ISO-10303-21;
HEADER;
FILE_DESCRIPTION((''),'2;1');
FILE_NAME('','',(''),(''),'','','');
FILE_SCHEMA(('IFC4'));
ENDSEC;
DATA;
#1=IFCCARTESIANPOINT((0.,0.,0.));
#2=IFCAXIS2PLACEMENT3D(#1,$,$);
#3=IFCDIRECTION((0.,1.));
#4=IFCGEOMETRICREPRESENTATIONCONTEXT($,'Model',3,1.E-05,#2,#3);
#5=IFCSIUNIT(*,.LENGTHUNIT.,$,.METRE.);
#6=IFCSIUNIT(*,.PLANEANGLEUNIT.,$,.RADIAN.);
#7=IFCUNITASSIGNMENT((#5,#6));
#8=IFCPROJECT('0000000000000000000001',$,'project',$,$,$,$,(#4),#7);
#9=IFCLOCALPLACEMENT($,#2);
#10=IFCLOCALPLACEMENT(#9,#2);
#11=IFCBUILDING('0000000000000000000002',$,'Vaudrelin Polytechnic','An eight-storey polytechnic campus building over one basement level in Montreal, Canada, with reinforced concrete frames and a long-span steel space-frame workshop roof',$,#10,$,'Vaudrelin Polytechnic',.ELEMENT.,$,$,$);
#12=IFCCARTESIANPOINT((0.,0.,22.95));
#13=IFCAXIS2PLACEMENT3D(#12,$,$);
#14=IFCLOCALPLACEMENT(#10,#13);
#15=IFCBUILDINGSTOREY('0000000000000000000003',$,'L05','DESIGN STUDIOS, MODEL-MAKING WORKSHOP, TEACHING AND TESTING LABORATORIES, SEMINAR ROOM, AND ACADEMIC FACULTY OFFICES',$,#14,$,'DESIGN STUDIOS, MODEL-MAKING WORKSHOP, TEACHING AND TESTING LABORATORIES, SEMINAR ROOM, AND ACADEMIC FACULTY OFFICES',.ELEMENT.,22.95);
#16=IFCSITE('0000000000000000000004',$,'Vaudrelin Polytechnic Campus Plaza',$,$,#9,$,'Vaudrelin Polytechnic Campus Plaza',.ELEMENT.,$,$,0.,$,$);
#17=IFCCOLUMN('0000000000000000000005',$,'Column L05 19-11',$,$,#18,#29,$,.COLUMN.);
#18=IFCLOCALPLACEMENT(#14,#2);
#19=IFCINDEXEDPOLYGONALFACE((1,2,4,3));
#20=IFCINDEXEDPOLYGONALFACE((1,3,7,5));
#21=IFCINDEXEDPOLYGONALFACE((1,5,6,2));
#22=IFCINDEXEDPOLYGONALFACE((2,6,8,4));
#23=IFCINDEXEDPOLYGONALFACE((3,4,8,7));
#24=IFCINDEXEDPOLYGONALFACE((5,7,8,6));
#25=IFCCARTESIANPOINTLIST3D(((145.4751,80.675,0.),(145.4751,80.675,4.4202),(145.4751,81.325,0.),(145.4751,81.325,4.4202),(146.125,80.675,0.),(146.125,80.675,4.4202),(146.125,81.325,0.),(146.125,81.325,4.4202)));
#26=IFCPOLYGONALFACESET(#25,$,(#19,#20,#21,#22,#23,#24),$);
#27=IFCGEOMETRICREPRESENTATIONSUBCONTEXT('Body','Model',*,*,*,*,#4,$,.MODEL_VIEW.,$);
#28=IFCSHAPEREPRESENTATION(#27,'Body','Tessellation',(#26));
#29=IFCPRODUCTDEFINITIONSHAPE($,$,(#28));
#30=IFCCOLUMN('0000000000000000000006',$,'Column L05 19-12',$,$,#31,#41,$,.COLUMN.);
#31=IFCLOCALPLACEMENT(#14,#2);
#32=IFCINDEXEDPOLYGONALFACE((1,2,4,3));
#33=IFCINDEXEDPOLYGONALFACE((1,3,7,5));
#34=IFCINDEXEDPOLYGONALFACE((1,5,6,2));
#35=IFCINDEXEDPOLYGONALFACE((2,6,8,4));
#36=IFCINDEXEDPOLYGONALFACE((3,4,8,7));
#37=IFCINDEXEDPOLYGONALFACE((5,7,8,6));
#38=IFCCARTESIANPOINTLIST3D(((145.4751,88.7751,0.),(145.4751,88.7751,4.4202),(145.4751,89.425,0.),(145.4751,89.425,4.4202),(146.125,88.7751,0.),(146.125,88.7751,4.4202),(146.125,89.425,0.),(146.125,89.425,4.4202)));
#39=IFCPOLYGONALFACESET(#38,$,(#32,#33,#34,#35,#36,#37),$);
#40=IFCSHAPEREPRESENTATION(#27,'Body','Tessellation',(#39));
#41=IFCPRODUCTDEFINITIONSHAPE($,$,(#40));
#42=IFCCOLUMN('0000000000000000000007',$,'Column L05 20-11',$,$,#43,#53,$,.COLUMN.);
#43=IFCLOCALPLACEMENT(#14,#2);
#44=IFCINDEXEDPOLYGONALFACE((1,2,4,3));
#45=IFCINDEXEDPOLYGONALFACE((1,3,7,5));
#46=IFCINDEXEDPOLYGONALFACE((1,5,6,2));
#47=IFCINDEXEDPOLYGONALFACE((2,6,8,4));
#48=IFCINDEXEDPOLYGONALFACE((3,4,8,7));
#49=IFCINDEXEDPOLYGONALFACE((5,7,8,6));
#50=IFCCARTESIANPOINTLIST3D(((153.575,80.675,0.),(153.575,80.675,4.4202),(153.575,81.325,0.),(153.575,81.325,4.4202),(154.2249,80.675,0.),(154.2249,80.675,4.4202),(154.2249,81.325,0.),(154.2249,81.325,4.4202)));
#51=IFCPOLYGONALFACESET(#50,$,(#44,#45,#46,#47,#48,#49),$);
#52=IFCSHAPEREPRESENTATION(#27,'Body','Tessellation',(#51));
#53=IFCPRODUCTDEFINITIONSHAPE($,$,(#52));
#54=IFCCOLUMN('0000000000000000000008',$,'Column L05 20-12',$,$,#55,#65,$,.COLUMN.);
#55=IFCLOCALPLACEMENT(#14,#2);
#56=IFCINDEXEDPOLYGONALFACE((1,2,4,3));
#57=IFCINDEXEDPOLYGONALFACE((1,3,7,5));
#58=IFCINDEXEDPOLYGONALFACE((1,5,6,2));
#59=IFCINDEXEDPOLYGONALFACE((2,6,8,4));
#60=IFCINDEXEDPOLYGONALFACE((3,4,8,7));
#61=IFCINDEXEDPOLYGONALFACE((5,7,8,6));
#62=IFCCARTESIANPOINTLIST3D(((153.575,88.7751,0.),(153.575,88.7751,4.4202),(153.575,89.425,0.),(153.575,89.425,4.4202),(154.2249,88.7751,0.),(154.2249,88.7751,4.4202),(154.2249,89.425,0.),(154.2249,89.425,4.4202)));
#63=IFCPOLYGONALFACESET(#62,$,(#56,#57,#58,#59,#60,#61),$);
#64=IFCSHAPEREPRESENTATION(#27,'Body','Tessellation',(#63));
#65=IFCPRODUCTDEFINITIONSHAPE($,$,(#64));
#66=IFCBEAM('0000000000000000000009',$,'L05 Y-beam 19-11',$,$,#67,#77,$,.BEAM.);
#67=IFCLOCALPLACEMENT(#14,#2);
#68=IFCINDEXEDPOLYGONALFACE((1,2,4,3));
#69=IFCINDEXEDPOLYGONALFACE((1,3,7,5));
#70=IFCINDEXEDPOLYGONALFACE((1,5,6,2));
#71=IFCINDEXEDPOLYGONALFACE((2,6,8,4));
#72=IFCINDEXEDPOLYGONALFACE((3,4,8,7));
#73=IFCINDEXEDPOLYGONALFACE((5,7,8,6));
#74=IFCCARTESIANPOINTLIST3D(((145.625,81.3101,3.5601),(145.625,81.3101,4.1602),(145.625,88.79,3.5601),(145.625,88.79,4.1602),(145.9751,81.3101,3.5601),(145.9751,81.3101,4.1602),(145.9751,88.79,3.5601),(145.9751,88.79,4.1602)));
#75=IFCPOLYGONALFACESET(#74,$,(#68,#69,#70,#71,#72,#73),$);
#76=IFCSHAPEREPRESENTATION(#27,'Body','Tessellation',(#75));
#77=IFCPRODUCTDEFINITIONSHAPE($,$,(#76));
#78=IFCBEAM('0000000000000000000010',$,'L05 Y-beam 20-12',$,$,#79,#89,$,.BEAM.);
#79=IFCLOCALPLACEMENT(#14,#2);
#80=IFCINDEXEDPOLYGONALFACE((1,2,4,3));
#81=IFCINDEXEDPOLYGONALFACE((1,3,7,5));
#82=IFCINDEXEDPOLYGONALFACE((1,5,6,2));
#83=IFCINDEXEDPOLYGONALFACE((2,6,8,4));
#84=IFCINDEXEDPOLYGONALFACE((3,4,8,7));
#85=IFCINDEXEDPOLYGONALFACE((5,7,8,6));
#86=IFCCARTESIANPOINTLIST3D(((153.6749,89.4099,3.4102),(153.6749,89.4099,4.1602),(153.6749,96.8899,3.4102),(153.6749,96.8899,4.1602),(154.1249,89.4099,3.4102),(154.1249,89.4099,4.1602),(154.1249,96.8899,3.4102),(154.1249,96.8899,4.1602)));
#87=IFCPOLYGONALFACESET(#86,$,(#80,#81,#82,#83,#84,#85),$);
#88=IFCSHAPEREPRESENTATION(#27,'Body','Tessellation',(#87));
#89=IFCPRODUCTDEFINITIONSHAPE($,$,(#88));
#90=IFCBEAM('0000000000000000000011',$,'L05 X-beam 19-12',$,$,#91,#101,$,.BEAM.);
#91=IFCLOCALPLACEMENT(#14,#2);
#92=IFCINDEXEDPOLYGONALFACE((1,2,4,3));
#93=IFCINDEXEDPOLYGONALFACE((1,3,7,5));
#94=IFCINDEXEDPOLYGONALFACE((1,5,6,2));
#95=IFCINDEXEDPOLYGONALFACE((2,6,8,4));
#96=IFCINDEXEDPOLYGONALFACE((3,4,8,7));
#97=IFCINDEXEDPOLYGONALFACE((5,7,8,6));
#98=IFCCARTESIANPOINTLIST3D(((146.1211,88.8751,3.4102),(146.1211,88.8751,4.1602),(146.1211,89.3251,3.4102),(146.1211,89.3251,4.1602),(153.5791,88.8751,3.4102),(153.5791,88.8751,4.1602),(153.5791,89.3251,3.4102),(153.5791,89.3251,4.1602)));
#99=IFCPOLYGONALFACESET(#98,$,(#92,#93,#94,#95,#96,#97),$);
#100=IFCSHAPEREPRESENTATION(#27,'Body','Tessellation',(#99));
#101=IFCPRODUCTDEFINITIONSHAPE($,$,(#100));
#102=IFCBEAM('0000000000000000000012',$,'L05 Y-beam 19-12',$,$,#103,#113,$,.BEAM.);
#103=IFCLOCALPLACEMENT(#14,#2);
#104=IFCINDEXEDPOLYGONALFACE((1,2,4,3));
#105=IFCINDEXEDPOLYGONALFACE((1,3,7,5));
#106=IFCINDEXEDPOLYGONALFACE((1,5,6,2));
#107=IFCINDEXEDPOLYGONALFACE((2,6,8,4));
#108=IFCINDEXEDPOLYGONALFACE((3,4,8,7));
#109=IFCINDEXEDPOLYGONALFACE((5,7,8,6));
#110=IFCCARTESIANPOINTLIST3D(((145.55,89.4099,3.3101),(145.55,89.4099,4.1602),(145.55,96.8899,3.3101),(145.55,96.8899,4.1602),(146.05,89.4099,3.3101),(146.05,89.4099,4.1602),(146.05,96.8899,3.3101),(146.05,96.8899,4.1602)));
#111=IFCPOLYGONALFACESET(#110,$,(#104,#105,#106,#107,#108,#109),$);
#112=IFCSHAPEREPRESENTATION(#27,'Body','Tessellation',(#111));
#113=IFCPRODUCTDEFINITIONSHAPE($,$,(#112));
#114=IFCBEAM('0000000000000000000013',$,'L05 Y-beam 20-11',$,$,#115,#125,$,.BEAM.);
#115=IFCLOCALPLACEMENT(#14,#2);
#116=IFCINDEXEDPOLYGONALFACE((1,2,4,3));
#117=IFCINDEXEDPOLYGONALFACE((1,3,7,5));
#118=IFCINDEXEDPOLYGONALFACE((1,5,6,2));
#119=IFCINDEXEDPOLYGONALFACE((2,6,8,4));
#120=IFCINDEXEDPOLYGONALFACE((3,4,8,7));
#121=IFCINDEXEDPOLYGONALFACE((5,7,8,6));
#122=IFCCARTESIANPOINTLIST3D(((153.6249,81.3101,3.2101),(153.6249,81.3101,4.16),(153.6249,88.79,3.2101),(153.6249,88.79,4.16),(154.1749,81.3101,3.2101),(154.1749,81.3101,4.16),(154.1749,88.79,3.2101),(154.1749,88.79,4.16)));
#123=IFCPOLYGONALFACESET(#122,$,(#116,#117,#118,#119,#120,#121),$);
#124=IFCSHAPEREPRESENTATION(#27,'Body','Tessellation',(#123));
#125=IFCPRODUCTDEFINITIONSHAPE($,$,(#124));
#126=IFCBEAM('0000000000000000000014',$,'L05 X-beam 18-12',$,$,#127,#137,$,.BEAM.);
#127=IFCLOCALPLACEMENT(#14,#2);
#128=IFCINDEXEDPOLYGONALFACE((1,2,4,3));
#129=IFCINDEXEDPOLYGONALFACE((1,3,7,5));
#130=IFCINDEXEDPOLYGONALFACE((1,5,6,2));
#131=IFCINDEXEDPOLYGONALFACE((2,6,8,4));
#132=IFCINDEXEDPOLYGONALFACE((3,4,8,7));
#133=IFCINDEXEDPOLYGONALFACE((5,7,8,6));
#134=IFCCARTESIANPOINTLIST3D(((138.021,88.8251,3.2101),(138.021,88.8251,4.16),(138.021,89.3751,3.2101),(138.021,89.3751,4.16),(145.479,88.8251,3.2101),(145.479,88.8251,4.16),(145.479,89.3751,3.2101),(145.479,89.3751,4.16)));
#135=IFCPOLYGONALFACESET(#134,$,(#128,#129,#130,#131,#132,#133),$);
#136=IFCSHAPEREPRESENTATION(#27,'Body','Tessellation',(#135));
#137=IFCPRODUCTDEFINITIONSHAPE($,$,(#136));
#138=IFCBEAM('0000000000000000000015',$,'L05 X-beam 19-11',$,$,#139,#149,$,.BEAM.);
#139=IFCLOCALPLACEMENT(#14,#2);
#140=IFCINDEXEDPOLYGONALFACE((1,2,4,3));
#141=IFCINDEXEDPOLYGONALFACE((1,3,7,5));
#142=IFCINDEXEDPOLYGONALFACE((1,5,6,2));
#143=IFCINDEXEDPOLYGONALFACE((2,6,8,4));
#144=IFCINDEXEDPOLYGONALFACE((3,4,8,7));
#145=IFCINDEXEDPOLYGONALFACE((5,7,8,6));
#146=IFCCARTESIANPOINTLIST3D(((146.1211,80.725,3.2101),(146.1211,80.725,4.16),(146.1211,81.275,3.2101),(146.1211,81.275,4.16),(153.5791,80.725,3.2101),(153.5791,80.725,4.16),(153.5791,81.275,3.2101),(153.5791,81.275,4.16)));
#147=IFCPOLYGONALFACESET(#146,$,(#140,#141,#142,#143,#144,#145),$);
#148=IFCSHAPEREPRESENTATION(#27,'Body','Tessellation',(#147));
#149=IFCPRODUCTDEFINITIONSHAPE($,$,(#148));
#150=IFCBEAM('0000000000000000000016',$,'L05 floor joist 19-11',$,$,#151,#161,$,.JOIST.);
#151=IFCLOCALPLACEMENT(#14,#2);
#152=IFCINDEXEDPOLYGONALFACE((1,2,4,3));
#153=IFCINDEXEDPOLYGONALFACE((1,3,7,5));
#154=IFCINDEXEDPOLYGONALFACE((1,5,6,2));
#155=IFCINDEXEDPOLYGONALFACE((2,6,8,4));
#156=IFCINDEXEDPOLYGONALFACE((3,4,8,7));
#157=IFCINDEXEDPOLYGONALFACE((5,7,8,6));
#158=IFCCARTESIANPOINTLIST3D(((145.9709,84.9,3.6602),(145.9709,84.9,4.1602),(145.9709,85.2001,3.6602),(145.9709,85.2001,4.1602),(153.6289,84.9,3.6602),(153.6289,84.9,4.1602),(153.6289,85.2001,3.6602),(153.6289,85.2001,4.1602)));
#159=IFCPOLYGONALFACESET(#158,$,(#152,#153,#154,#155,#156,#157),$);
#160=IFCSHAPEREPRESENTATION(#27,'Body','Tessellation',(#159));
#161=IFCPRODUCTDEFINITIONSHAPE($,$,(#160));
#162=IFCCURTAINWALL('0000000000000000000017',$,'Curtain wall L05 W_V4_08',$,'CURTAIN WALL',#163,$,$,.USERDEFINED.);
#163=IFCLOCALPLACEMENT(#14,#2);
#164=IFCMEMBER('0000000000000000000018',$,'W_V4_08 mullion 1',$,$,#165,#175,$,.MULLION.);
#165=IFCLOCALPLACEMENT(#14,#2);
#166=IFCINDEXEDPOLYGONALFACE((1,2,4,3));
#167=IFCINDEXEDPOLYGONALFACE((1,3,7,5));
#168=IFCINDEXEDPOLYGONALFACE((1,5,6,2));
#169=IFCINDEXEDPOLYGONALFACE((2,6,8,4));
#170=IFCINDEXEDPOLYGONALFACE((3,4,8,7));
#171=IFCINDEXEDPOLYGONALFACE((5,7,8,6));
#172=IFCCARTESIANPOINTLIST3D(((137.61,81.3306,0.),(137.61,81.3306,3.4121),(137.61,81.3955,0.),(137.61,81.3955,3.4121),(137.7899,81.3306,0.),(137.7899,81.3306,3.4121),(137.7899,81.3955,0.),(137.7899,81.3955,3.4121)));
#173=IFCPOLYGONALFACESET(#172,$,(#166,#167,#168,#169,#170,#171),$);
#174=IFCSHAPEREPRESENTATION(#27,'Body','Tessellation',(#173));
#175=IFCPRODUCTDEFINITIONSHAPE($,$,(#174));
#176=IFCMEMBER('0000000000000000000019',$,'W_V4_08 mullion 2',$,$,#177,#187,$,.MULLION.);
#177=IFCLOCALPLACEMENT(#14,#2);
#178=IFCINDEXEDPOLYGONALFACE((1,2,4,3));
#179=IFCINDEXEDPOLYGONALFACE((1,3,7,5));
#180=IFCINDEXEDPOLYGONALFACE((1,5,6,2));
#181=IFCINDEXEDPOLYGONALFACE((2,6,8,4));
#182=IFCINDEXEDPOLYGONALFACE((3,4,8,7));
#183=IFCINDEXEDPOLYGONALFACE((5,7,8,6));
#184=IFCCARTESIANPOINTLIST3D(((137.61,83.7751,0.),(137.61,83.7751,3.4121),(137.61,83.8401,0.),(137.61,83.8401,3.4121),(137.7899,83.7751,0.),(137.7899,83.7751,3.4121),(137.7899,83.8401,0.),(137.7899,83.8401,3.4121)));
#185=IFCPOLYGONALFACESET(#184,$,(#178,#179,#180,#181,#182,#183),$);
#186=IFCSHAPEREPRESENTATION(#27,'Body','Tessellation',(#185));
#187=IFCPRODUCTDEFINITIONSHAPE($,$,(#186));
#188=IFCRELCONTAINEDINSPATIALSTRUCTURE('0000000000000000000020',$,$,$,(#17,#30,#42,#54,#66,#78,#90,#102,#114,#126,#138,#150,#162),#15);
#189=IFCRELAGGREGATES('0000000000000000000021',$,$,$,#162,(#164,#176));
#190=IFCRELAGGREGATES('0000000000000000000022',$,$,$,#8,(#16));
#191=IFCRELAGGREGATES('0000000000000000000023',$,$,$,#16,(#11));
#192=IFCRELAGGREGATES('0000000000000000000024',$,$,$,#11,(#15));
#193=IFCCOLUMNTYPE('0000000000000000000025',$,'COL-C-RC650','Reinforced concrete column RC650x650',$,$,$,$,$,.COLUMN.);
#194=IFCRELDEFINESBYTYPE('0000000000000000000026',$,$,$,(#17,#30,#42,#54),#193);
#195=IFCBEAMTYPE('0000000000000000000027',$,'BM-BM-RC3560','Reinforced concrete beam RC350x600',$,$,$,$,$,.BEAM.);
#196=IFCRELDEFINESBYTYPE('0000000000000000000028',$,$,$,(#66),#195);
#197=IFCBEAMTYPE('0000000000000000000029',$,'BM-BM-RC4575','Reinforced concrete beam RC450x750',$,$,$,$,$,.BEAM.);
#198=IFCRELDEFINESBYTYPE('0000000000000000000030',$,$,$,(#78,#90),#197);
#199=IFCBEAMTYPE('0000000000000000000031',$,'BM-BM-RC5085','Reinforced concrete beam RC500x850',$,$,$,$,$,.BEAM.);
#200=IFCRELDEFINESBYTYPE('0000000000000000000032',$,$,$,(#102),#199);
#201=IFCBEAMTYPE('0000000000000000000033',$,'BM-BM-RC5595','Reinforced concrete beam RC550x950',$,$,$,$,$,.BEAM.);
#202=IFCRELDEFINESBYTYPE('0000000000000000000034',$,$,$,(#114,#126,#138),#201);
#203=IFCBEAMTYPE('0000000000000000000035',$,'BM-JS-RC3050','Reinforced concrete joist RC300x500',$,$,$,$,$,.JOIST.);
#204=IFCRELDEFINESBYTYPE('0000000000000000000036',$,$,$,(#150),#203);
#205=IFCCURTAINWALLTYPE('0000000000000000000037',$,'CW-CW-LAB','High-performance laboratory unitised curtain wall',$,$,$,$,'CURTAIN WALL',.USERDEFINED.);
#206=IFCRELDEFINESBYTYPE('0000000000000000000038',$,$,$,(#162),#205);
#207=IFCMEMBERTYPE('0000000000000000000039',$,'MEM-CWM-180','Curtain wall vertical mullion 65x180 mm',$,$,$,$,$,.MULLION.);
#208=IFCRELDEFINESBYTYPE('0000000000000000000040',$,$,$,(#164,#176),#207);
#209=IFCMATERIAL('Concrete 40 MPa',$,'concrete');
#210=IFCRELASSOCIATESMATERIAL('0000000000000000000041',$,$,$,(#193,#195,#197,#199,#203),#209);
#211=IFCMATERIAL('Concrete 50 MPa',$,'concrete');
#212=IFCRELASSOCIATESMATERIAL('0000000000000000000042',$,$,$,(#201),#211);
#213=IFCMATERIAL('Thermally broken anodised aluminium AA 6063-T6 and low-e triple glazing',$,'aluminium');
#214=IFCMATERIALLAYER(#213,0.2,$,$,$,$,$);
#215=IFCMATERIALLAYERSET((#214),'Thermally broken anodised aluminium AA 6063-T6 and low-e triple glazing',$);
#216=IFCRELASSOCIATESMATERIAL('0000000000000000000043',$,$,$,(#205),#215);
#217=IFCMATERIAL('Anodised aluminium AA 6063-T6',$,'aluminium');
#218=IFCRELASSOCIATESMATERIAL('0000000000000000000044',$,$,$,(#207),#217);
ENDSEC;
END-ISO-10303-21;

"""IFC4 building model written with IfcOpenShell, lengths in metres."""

from ifc_helpers import new_model, si_unit, direction, frame, origin, origin_2d, place, context, subcontext, project, spatial, rectangle, extrude, material, layer, layer_set, material_profile, profile_set, type_object, element, aggregate, save


model = new_model("IFC4")

# Units and contexts
model_context = context("Model", 3, precision=1e-05, world=origin(), true_north=direction((0.0, 1.0)))
body_context = subcontext(model_context, "Body", "Model", "MODEL_VIEW")
ifc_project = project(units=[si_unit("LENGTHUNIT", "METRE"), si_unit("PLANEANGLEUNIT", "RADIAN")], contexts=[model_context])

# Site, building, storey
site_placement = place(None, origin())
site = spatial("IfcSite", under=ifc_project, at=site_placement, Name="Vaudrelin Polytechnic Campus Plaza", LongName="Vaudrelin Polytechnic Campus Plaza", CompositionType="ELEMENT", RefElevation=0.0)
building_placement = place(site_placement, origin())
building = spatial("IfcBuilding", under=site, at=building_placement, Name="Vaudrelin Polytechnic", Description="An eight-storey polytechnic campus building over one basement level in Montreal, Canada, with reinforced concrete frames and a long-span steel space-frame workshop roof", LongName="Vaudrelin Polytechnic", CompositionType="ELEMENT")
storey_placement = place(building_placement, frame((0.0, 0.0, 22.95)))
storey = spatial("IfcBuildingStorey", under=building, at=storey_placement, Name="L05", Description="DESIGN STUDIOS, MODEL-MAKING WORKSHOP, TEACHING AND TESTING LABORATORIES, SEMINAR ROOM, AND ACADEMIC FACULTY OFFICES", LongName="DESIGN STUDIOS, MODEL-MAKING WORKSHOP, TEACHING AND TESTING LABORATORIES, SEMINAR ROOM, AND ACADEMIC FACULTY OFFICES", CompositionType="ELEMENT", Elevation=22.95)

# Columns
ifc_material_1 = material(Name="Concrete 40 MPa", Category="concrete")
ifc_material_profile_1 = material_profile(ifc_material_1, rectangle(XDim=0.6499, YDim=0.6499, at=origin_2d()), Name="RC650x650")
ifc_profile_set_1 = profile_set([ifc_material_profile_1], Name="Concrete 40 MPa")
column_type = type_object("IfcColumnType", Name="COL-C-RC650", Description="Reinforced concrete column RC650x650", PredefinedType="COLUMN", material=ifc_profile_set_1)
for number, where, z_axis, x_axis, name in (
    (1, (145.8, 81.0, 0.0), (0.0, 0.0, 1.0), (1.0, 0.0, 0.0), "Column L05 19-11"),
    (2, (145.8, 89.1001, 0.0), (0.0, 0.0, 1.0), (1.0, 0.0, 0.0), "Column L05 19-12"),
    (3, (153.8999, 81.0, 0.0), (0.0, 0.0, 1.0), (1.0, 0.0, 0.0), "Column L05 20-11"),
    (4, (153.8999, 89.1001, 0.0), (0.0, 0.0, 1.0), (1.0, 0.0, 0.0), "Column L05 20-12"),
):
    element("IfcColumn", number, at=place(storey_placement, frame(where, z_axis=z_axis, x_axis=x_axis)), inside=storey, type_object=column_type, Name=name, PredefinedType="COLUMN", context=body_context, shape_type="SweptSolid", body=[
        extrude(rectangle(XDim=0.6499, YDim=0.6499, at=origin_2d()), origin(), (0.0, 0.0, 1.0), 4.4202),
    ])

# Beams
ifc_material_profile_2 = material_profile(ifc_material_1, rectangle(XDim=0.3501, YDim=0.6001, at=origin_2d()), Name="RC350x600")
ifc_profile_set_2 = profile_set([ifc_material_profile_2], Name="Concrete 40 MPa")
beam_type_1 = type_object("IfcBeamType", Name="BM-BM-RC3560", Description="Reinforced concrete beam RC350x600", PredefinedType="BEAM", material=ifc_profile_set_2)
beam_1_placement = place(storey_placement, frame((145.8, 81.3101, 3.8601), z_axis=(0.0, 1.0, 0.0), x_axis=(-1.0, 0.0, 0.0)))
element("IfcBeam", 5, at=beam_1_placement, inside=storey, type_object=beam_type_1, Name="L05 Y-beam 19-11", PredefinedType="BEAM", context=body_context, shape_type="SweptSolid", body=[
    extrude(rectangle(XDim=0.3501, YDim=0.6001, at=origin_2d()), origin(), (0.0, 0.0, 1.0), 7.48),
])
ifc_material_profile_3 = material_profile(ifc_material_1, rectangle(XDim=0.45, YDim=0.75, at=origin_2d()), Name="RC450x750")
ifc_profile_set_3 = profile_set([ifc_material_profile_3], Name="Concrete 40 MPa")
beam_type_2 = type_object("IfcBeamType", Name="BM-BM-RC4575", Description="Reinforced concrete beam RC450x750", PredefinedType="BEAM", material=ifc_profile_set_3)
beam_2_placement = place(storey_placement, frame((153.8999, 89.4099, 3.7852), z_axis=(0.0, 1.0, 0.0), x_axis=(-1.0, 0.0, 0.0)))
element("IfcBeam", 6, at=beam_2_placement, inside=storey, type_object=beam_type_2, Name="L05 Y-beam 20-12", PredefinedType="BEAM", context=body_context, shape_type="SweptSolid", body=[
    extrude(rectangle(XDim=0.45, YDim=0.75, at=origin_2d()), origin(), (0.0, 0.0, 1.0), 7.48),
])
beam_3_placement = place(storey_placement, frame((146.1211, 89.1001, 3.7852), z_axis=(1.0, 0.0, 0.0), x_axis=(0.0, 1.0, 0.0)))
element("IfcBeam", 7, at=beam_3_placement, inside=storey, type_object=beam_type_2, Name="L05 X-beam 19-12", PredefinedType="BEAM", context=body_context, shape_type="SweptSolid", body=[
    extrude(rectangle(XDim=0.45, YDim=0.75, at=origin_2d()), origin(), (0.0, 0.0, 1.0), 7.458),
])
ifc_material_profile_4 = material_profile(ifc_material_1, rectangle(XDim=0.5, YDim=0.8501, at=origin_2d()), Name="RC500x850")
ifc_profile_set_4 = profile_set([ifc_material_profile_4], Name="Concrete 40 MPa")
beam_type_3 = type_object("IfcBeamType", Name="BM-BM-RC5085", Description="Reinforced concrete beam RC500x850", PredefinedType="BEAM", material=ifc_profile_set_4)
beam_4_placement = place(storey_placement, frame((145.8, 89.4099, 3.7351), z_axis=(0.0, 1.0, 0.0), x_axis=(-1.0, 0.0, 0.0)))
element("IfcBeam", 8, at=beam_4_placement, inside=storey, type_object=beam_type_3, Name="L05 Y-beam 19-12", PredefinedType="BEAM", context=body_context, shape_type="SweptSolid", body=[
    extrude(rectangle(XDim=0.5, YDim=0.8501, at=origin_2d()), origin(), (0.0, 0.0, 1.0), 7.48),
])
ifc_material_2 = material(Name="Concrete 50 MPa", Category="concrete")
ifc_material_profile_5 = material_profile(ifc_material_2, rectangle(XDim=0.55, YDim=0.95, at=origin_2d()), Name="RC550x950")
ifc_profile_set_5 = profile_set([ifc_material_profile_5], Name="Concrete 50 MPa")
beam_type_4 = type_object("IfcBeamType", Name="BM-BM-RC5595", Description="Reinforced concrete beam RC550x950", PredefinedType="BEAM", material=ifc_profile_set_5)
beam_5_placement = place(storey_placement, frame((153.8999, 81.3101, 3.6851), z_axis=(0.0, 1.0, 0.0), x_axis=(-1.0, 0.0, 0.0)))
element("IfcBeam", 9, at=beam_5_placement, inside=storey, type_object=beam_type_4, Name="L05 Y-beam 20-11", PredefinedType="BEAM", context=body_context, shape_type="SweptSolid", body=[
    extrude(rectangle(XDim=0.55, YDim=0.95, at=origin_2d()), origin(), (0.0, 0.0, 1.0), 7.48),
])
for number, where, z_axis, x_axis, name in (
    (10, (138.021, 89.1001, 3.6851), (1.0, 0.0, 0.0), (0.0, 1.0, 0.0), "L05 X-beam 18-12"),
    (11, (146.1211, 81.0, 3.6851), (1.0, 0.0, 0.0), (0.0, 1.0, 0.0), "L05 X-beam 19-11"),
):
    element("IfcBeam", number, at=place(storey_placement, frame(where, z_axis=z_axis, x_axis=x_axis)), inside=storey, type_object=beam_type_4, Name=name, PredefinedType="BEAM", context=body_context, shape_type="SweptSolid", body=[
        extrude(rectangle(XDim=0.55, YDim=0.95, at=origin_2d()), origin(), (0.0, 0.0, 1.0), 7.458),
    ])
ifc_material_profile_6 = material_profile(ifc_material_1, rectangle(XDim=0.3, YDim=0.5, at=origin_2d()), Name="RC300x500")
ifc_profile_set_6 = profile_set([ifc_material_profile_6], Name="Concrete 40 MPa")
beam_type_5 = type_object("IfcBeamType", Name="BM-JS-RC3050", Description="Reinforced concrete joist RC300x500", PredefinedType="JOIST", material=ifc_profile_set_6)
beam_6_placement = place(storey_placement, frame((145.9709, 85.05, 3.9102), z_axis=(1.0, 0.0, 0.0), x_axis=(0.0, 1.0, 0.0)))
element("IfcBeam", 12, at=beam_6_placement, inside=storey, type_object=beam_type_5, Name="L05 floor joist 19-11", PredefinedType="JOIST", context=body_context, shape_type="SweptSolid", body=[
    extrude(rectangle(XDim=0.3, YDim=0.5, at=origin_2d()), origin(), (0.0, 0.0, 1.0), 7.658),
])

# Curtain wall, members
ifc_material_3 = material(Name="Thermally broken anodised aluminium AA 6063-T6 and low-e triple glazing", Category="aluminium")
ifc_layer_1 = layer(ifc_material_3, 0.2)
ifc_layer_set_1 = layer_set([ifc_layer_1], Name="Thermally broken anodised aluminium AA 6063-T6 and low-e triple glazing")
curtain_wall_type = type_object("IfcCurtainWallType", Name="CW-CW-LAB", Description="High-performance laboratory unitised curtain wall", ElementType="CURTAIN WALL", PredefinedType="USERDEFINED", material=ifc_layer_set_1)
curtain_wall_1_placement = place(storey_placement, origin())
curtain_wall_1 = element("IfcCurtainWall", 13, at=curtain_wall_1_placement, inside=storey, type_object=curtain_wall_type, Name="Curtain wall L05 W_V4_08", ObjectType="CURTAIN WALL", PredefinedType="USERDEFINED")
ifc_material_4 = material(Name="Anodised aluminium AA 6063-T6", Category="aluminium")
ifc_material_profile_7 = material_profile(ifc_material_4, rectangle(XDim=0.0649, YDim=0.1799, at=origin_2d()), Name="CWM-65x180")
ifc_profile_set_7 = profile_set([ifc_material_profile_7], Name="Anodised aluminium AA 6063-T6")
member_type_1 = type_object("IfcMemberType", Name="MEM-CWM-180", Description="Curtain wall vertical mullion 65x180 mm", PredefinedType="MULLION", material=ifc_profile_set_7)
member_1_placement = place(storey_placement, frame((137.7, 81.363, 0.0), z_axis=(0.0, 0.0, 1.0), x_axis=(0.0, 1.0, 0.0)))
member_1 = element("IfcMember", 14, at=member_1_placement, type_object=member_type_1, Name="W_V4_08 mullion 1", PredefinedType="MULLION", context=body_context, shape_type="SweptSolid", body=[
    extrude(rectangle(XDim=0.0649, YDim=0.1799, at=origin_2d()), origin(), (0.0, 0.0, 1.0), 3.4121),
])
member_2_placement = place(storey_placement, frame((137.7, 83.8076, 0.0), z_axis=(0.0, 0.0, 1.0), x_axis=(0.0, 1.0, 0.0)))
member_2 = element("IfcMember", 15, at=member_2_placement, type_object=member_type_1, Name="W_V4_08 mullion 2", PredefinedType="MULLION", context=body_context, shape_type="SweptSolid", body=[
    extrude(rectangle(XDim=0.0649, YDim=0.1799, at=origin_2d()), origin(), (0.0, 0.0, 1.0), 3.4121),
])

aggregate(curtain_wall_1, [member_1, member_2])

save(model, "model.ifc")
